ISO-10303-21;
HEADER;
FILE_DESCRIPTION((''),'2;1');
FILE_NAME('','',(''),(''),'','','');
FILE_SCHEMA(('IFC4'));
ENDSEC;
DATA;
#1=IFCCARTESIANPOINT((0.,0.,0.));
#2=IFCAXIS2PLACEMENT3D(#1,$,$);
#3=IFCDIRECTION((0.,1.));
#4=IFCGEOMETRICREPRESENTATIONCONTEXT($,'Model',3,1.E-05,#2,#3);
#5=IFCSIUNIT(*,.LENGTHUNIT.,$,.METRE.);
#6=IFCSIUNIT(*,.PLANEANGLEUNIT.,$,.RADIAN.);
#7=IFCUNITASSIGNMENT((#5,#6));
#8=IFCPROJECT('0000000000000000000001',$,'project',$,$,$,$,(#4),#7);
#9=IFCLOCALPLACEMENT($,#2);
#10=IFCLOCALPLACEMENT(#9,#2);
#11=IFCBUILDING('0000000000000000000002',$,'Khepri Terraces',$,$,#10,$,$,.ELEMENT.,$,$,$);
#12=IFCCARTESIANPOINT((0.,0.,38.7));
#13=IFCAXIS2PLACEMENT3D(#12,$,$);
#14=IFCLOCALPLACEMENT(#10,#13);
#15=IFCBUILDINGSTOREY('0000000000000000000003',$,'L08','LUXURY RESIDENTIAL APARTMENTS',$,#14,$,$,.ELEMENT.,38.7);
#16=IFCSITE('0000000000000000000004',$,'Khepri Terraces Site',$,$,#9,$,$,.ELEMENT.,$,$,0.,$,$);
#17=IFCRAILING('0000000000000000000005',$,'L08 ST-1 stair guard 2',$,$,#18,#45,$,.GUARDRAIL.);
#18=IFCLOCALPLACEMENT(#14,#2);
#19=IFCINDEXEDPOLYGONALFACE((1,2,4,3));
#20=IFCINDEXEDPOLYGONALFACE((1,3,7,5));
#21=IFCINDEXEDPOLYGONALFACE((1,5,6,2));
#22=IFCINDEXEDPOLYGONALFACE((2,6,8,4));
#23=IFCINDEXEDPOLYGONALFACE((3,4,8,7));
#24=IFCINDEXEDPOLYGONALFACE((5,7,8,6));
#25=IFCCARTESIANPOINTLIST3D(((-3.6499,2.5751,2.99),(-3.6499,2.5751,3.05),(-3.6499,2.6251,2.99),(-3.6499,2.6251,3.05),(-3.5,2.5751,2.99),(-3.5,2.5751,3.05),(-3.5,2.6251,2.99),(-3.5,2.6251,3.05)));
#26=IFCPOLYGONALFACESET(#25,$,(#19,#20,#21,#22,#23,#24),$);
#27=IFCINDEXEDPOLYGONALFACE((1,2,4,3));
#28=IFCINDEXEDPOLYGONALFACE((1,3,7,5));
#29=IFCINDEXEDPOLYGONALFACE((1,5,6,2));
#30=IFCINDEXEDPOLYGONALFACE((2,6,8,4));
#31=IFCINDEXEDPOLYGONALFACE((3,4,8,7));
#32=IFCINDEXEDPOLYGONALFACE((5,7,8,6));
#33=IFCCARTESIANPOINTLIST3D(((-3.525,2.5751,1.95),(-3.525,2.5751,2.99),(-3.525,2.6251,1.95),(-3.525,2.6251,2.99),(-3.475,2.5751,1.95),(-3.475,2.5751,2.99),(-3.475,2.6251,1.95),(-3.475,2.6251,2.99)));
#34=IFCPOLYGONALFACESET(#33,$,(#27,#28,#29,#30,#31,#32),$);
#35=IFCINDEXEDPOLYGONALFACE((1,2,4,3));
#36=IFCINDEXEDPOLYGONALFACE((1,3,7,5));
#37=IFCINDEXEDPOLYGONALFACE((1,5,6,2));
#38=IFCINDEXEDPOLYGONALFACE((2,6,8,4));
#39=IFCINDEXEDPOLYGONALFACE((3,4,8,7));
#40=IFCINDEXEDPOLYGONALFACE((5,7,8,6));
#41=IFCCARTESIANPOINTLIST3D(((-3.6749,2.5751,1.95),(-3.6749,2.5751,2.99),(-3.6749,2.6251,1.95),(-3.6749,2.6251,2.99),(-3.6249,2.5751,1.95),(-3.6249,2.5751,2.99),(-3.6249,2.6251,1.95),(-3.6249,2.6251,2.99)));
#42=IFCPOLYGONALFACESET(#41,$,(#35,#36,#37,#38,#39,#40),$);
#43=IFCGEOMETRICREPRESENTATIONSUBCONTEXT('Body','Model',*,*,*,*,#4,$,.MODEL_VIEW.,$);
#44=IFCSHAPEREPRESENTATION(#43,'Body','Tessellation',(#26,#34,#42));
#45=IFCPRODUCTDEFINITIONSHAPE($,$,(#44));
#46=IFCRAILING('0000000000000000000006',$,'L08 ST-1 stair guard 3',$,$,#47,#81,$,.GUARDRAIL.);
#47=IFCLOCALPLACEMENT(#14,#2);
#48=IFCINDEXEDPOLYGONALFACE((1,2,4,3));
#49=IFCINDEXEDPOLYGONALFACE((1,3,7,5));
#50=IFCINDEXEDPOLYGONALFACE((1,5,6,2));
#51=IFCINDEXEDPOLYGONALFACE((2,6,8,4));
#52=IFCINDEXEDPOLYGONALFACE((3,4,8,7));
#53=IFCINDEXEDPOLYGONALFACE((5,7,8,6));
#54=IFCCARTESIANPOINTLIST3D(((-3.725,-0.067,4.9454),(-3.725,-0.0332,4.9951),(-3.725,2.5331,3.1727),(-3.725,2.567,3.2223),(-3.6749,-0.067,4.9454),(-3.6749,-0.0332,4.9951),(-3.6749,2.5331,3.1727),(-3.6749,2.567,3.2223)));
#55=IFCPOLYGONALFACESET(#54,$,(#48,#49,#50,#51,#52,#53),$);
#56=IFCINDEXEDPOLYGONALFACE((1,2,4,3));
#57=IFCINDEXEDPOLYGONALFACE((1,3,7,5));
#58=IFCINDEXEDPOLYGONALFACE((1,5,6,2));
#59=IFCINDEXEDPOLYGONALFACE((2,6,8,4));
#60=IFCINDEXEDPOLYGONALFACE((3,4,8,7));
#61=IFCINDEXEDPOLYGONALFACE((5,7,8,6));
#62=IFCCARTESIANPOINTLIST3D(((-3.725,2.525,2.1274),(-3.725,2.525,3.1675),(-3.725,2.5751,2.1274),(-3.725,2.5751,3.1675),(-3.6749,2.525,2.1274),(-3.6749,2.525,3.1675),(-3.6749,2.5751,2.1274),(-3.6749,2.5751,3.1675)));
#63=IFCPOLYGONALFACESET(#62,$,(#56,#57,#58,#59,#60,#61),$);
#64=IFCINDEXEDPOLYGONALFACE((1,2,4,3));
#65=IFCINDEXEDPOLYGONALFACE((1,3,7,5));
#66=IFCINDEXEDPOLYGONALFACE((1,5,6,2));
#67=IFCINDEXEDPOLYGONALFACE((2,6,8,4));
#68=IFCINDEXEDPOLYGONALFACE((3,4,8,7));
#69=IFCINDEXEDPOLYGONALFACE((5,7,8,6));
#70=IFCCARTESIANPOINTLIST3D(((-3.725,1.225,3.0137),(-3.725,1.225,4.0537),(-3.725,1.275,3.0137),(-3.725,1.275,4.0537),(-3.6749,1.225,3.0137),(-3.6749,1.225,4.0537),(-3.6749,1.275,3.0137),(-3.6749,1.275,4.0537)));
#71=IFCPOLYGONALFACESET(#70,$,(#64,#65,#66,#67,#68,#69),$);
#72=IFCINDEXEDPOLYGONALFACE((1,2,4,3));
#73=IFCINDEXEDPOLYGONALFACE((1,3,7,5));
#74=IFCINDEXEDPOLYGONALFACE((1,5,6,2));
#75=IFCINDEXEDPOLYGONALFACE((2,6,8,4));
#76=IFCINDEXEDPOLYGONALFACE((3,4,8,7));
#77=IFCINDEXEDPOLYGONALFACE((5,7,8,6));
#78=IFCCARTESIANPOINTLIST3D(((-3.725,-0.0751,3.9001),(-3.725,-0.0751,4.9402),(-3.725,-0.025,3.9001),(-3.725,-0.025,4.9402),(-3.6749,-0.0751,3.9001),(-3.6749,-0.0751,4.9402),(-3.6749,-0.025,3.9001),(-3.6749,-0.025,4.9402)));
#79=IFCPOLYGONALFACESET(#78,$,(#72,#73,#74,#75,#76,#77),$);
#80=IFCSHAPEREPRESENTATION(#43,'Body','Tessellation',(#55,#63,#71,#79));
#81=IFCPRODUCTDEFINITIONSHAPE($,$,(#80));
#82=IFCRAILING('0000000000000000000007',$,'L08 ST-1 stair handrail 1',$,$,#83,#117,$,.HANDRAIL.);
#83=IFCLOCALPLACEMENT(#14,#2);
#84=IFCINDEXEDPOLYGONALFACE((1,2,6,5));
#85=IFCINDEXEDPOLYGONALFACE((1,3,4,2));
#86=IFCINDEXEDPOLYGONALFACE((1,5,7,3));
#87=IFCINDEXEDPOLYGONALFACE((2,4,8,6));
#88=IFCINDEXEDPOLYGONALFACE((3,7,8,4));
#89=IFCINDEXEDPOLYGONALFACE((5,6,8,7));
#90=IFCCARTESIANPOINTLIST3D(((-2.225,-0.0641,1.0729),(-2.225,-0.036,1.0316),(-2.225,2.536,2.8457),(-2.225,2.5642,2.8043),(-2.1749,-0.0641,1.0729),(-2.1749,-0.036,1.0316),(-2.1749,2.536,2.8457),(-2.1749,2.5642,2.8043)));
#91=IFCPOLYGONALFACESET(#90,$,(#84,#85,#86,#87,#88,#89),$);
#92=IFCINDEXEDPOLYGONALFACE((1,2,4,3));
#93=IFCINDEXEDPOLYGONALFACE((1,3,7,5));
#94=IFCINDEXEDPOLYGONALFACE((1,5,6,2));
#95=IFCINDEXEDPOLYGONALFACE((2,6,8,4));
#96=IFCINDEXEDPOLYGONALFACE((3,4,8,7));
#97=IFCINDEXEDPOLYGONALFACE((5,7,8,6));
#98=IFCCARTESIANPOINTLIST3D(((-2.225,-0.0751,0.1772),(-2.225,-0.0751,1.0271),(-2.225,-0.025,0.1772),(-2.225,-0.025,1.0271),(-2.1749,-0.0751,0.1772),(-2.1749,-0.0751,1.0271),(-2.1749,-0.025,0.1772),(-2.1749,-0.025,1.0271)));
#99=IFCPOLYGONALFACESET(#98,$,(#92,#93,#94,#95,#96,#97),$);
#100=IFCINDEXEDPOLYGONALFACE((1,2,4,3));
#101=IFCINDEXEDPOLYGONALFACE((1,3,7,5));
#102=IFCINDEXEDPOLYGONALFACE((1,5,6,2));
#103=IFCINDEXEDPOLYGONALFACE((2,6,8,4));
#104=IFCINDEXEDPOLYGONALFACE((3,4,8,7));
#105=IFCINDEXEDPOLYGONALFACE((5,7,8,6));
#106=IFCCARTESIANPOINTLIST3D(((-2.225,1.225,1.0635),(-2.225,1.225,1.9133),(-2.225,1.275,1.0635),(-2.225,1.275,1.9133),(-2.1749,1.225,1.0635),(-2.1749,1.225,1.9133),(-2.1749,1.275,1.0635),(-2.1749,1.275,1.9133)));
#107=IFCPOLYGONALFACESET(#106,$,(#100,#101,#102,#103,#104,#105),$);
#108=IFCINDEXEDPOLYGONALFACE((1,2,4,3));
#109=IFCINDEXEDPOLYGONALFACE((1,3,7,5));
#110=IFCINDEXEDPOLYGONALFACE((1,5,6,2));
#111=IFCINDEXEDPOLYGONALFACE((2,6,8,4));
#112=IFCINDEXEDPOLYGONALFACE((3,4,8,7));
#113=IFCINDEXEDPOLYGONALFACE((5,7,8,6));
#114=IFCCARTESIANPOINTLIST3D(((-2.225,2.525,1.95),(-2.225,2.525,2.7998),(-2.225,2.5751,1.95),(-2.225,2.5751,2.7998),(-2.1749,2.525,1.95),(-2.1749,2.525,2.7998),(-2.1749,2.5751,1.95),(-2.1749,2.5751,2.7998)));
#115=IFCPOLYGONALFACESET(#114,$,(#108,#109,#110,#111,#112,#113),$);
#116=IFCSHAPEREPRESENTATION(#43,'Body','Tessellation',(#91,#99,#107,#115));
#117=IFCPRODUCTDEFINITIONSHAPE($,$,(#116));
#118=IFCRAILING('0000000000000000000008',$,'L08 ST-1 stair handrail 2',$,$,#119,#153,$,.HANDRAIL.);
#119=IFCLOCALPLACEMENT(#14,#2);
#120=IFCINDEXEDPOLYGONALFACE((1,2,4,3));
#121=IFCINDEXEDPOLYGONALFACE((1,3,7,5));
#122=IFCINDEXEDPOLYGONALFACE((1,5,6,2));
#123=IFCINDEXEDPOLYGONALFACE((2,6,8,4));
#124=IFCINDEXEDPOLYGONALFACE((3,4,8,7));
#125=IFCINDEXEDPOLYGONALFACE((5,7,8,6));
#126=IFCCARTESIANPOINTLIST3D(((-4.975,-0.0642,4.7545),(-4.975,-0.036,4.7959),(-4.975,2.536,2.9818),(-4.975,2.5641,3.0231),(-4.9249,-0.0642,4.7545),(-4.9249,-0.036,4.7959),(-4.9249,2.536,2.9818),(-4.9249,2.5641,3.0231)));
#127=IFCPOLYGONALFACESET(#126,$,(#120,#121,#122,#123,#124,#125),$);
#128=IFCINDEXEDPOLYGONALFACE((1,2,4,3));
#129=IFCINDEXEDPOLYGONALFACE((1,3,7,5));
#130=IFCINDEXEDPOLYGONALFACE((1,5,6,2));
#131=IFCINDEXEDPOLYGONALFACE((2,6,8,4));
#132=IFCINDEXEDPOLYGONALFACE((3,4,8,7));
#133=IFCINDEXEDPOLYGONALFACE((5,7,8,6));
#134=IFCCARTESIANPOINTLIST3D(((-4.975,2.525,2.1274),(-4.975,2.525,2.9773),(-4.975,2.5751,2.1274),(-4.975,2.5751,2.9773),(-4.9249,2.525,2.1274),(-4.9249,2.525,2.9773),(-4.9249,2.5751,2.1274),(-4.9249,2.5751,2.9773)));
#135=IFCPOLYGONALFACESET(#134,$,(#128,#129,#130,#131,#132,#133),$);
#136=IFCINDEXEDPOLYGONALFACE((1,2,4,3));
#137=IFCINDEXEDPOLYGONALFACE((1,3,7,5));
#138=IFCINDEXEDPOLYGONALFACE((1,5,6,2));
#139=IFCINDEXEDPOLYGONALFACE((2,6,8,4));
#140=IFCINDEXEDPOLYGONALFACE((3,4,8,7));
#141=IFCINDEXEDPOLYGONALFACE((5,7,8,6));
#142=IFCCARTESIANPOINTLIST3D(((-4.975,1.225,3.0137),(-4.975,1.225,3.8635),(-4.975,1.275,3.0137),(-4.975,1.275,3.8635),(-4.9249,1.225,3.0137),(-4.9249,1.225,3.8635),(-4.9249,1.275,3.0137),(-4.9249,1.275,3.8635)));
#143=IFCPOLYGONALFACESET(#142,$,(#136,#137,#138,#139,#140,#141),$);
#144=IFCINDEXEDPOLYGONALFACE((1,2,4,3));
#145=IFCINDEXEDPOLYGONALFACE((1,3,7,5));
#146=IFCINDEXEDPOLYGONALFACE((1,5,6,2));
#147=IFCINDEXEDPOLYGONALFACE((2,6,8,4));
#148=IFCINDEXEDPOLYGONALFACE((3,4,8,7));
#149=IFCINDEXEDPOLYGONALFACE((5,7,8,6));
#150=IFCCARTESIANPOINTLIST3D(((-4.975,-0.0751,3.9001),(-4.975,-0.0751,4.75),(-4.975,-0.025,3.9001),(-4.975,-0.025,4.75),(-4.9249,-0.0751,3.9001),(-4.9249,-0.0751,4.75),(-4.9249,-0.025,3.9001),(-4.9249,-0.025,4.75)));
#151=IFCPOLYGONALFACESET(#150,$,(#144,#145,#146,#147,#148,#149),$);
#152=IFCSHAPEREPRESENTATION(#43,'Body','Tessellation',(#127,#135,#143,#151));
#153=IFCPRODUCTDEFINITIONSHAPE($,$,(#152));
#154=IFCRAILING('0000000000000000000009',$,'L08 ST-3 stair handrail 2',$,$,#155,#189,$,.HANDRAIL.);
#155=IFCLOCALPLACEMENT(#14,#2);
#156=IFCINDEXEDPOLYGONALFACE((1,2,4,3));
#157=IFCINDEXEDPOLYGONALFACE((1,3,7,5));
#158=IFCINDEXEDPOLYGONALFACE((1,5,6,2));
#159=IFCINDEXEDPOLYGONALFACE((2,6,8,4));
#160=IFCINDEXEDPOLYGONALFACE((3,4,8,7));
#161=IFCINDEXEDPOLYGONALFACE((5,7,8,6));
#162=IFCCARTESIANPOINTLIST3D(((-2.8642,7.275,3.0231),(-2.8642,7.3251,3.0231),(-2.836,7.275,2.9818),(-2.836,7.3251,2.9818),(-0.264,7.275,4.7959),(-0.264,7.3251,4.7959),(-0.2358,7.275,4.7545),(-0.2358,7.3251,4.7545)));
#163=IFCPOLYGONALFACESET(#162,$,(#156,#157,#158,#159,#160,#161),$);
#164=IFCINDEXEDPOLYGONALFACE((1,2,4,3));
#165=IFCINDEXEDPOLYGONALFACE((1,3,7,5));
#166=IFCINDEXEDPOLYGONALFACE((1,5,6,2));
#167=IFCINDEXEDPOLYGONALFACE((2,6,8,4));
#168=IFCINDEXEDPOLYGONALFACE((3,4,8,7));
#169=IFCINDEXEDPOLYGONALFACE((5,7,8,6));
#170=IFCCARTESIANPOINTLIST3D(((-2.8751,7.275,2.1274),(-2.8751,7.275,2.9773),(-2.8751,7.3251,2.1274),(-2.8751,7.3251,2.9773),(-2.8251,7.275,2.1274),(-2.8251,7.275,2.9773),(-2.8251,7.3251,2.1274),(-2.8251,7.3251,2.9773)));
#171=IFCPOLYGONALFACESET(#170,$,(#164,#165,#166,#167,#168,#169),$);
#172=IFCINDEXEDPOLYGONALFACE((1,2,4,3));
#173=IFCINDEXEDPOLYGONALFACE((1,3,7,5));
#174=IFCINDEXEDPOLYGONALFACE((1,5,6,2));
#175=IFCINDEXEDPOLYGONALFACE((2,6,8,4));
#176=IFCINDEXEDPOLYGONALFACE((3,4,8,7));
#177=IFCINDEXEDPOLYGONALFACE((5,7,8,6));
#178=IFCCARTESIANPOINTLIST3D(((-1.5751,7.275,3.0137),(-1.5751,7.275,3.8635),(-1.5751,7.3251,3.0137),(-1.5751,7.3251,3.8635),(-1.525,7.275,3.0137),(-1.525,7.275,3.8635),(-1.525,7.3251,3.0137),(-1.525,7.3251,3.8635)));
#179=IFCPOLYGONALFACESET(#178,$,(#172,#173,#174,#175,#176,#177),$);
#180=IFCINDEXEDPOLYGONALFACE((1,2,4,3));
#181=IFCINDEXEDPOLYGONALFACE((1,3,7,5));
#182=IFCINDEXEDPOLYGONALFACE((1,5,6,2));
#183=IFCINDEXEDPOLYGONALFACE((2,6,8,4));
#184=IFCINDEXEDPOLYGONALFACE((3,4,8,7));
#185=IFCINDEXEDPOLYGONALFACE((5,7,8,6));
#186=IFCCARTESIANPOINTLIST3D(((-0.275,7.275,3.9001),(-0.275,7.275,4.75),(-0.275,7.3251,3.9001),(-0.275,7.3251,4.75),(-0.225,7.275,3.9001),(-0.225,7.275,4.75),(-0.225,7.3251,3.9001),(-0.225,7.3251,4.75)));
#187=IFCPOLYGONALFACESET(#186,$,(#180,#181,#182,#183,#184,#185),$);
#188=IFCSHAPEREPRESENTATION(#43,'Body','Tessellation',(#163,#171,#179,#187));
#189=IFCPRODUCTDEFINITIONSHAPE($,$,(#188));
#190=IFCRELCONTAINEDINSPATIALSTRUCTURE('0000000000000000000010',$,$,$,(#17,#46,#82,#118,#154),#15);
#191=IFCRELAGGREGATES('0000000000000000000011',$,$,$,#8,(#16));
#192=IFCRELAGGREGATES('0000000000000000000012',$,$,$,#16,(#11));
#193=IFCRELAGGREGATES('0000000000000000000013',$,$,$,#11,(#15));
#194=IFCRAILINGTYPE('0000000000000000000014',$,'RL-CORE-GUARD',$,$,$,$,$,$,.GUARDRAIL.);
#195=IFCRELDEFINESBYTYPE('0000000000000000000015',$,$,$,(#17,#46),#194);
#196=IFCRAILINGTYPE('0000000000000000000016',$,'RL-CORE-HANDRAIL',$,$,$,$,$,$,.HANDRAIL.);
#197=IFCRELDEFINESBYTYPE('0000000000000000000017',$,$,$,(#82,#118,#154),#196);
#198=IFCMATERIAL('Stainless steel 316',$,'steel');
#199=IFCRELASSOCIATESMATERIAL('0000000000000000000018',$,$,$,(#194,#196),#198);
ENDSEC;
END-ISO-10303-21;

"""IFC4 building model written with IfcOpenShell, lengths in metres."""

from ifc_helpers import new_model, si_unit, direction, frame, origin, origin_2d, place, context, subcontext, project, spatial, rectangle, extrude, material, type_object, element, save


model = new_model("IFC4")

# Units and contexts
model_context = context("Model", 3, precision=1e-05, world=origin(), true_north=direction((0.0, 1.0)))
body_context = subcontext(model_context, "Body", "Model", "MODEL_VIEW")
ifc_project = project(units=[si_unit("LENGTHUNIT", "METRE"), si_unit("PLANEANGLEUNIT", "RADIAN")], contexts=[model_context])

# Site, building, storey
site_placement = place(None, origin())
site = spatial("IfcSite", under=ifc_project, at=site_placement, Name="Khepri Terraces Site", CompositionType="ELEMENT", RefElevation=0.0)
building_placement = place(site_placement, origin())
building = spatial("IfcBuilding", under=site, at=building_placement, Name="Khepri Terraces", CompositionType="ELEMENT")
storey_placement = place(building_placement, frame((0.0, 0.0, 38.7)))
storey = spatial("IfcBuildingStorey", under=building, at=storey_placement, Name="L08", Description="LUXURY RESIDENTIAL APARTMENTS", CompositionType="ELEMENT", Elevation=38.7)

# Railings
ifc_material_1 = material(Name="Stainless steel 316", Category="steel")
railing_type_1 = type_object("IfcRailingType", Name="RL-CORE-GUARD", PredefinedType="GUARDRAIL", material=ifc_material_1)
railing_1_placement = place(storey_placement, frame((-3.5, 2.6001, 1.95)))
element("IfcRailing", 1, at=railing_1_placement, inside=storey, type_object=railing_type_1, Name="L08 ST-1 stair guard 2", PredefinedType="GUARDRAIL", context=body_context, shape_type="SweptSolid", body=[
    extrude(rectangle(XDim=0.05, YDim=0.0601, at=origin_2d()), frame((0.0, 0.0, 1.0701), z_axis=(-1.0, 0.0, 0.0), x_axis=(0.0, -1.0, 0.0)), (0.0, 0.0, 1.0), 0.1499),
    extrude(rectangle(XDim=0.05, YDim=0.05, at=origin_2d()), origin(), (0.0, 0.0, 1.0), 1.04),
    extrude(rectangle(XDim=0.05, YDim=0.05, at=origin_2d()), frame((-0.1499, 0.0, 0.0)), (0.0, 0.0, 1.0), 1.04),
])
railing_2_placement = place(storey_placement, frame((-3.7, 2.55, 2.1274)))
element("IfcRailing", 2, at=railing_2_placement, inside=storey, type_object=railing_type_1, Name="L08 ST-1 stair guard 3", PredefinedType="GUARDRAIL", context=body_context, shape_type="SweptSolid", body=[
    extrude(rectangle(XDim=0.05, YDim=0.0601, at=origin_2d()), frame((0.0, 0.0, 1.0701), z_axis=(0.0, -0.82624, 0.563318), x_axis=(1.0, 0.0, 0.0)), (0.0, 0.0, 1.0), 3.147),
    extrude(rectangle(XDim=0.05, YDim=0.05, at=origin_2d()), origin(), (0.0, 0.0, 1.0), 1.04),
    extrude(rectangle(XDim=0.05, YDim=0.05, at=origin_2d()), frame((0.0, -1.3, 0.8862)), (0.0, 0.0, 1.0), 1.04),
    extrude(rectangle(XDim=0.05, YDim=0.05, at=origin_2d()), frame((0.0, -2.6001, 1.7727)), (0.0, 0.0, 1.0), 1.04),
])
railing_type_2 = type_object("IfcRailingType", Name="RL-CORE-HANDRAIL", PredefinedType="HANDRAIL", material=ifc_material_1)
railing_3_placement = place(storey_placement, frame((-2.2, -0.05, 0.1772)))
element("IfcRailing", 3, at=railing_3_placement, inside=storey, type_object=railing_type_2, Name="L08 ST-1 stair handrail 1", PredefinedType="HANDRAIL", context=body_context, shape_type="SweptSolid", body=[
    extrude(rectangle(XDim=0.05, YDim=0.05, at=origin_2d()), frame((0.0, 0.0, 0.875), z_axis=(0.0, 0.82624, 0.563318), x_axis=(-1.0, 0.0, 0.0)), (0.0, 0.0, 1.0), 3.147),
    extrude(rectangle(XDim=0.05, YDim=0.05, at=origin_2d()), origin(), (0.0, 0.0, 1.0), 0.8499),
    extrude(rectangle(XDim=0.05, YDim=0.05, at=origin_2d()), frame((0.0, 1.3, 0.8862)), (0.0, 0.0, 1.0), 0.8499),
    extrude(rectangle(XDim=0.05, YDim=0.05, at=origin_2d()), frame((0.0, 2.6001, 1.7727)), (0.0, 0.0, 1.0), 0.8499),
])
railing_4_placement = place(storey_placement, frame((-4.95, 2.55, 2.1274)))
element("IfcRailing", 4, at=railing_4_placement, inside=storey, type_object=railing_type_2, Name="L08 ST-1 stair handrail 2", PredefinedType="HANDRAIL", context=body_context, shape_type="SweptSolid", body=[
    extrude(rectangle(XDim=0.05, YDim=0.05, at=origin_2d()), frame((0.0, 0.0, 0.875), z_axis=(0.0, -0.82624, 0.563318), x_axis=(1.0, 0.0, 0.0)), (0.0, 0.0, 1.0), 3.147),
    extrude(rectangle(XDim=0.05, YDim=0.05, at=origin_2d()), origin(), (0.0, 0.0, 1.0), 0.8499),
    extrude(rectangle(XDim=0.05, YDim=0.05, at=origin_2d()), frame((0.0, -1.3, 0.8862)), (0.0, 0.0, 1.0), 0.8499),
    extrude(rectangle(XDim=0.05, YDim=0.05, at=origin_2d()), frame((0.0, -2.6001, 1.7727)), (0.0, 0.0, 1.0), 0.8499),
])
railing_5_placement = place(storey_placement, frame((-2.8501, 7.3, 2.1274)))
element("IfcRailing", 5, at=railing_5_placement, inside=storey, type_object=railing_type_2, Name="L08 ST-3 stair handrail 2", PredefinedType="HANDRAIL", context=body_context, shape_type="SweptSolid", body=[
    extrude(rectangle(XDim=0.05, YDim=0.05, at=origin_2d()), frame((0.0, 0.0, 0.875), z_axis=(0.82624, 0.0, 0.563318), x_axis=(0.0, 1.0, 0.0)), (0.0, 0.0, 1.0), 3.147),
    extrude(rectangle(XDim=0.05, YDim=0.05, at=origin_2d()), origin(), (0.0, 0.0, 1.0), 0.8499),
    extrude(rectangle(XDim=0.05, YDim=0.05, at=origin_2d()), frame((1.3, 0.0, 0.8862)), (0.0, 0.0, 1.0), 0.8499),
    extrude(rectangle(XDim=0.05, YDim=0.05, at=origin_2d()), frame((2.6001, 0.0, 1.7727)), (0.0, 0.0, 1.0), 0.8499),
])

save(model, "model.ifc")
